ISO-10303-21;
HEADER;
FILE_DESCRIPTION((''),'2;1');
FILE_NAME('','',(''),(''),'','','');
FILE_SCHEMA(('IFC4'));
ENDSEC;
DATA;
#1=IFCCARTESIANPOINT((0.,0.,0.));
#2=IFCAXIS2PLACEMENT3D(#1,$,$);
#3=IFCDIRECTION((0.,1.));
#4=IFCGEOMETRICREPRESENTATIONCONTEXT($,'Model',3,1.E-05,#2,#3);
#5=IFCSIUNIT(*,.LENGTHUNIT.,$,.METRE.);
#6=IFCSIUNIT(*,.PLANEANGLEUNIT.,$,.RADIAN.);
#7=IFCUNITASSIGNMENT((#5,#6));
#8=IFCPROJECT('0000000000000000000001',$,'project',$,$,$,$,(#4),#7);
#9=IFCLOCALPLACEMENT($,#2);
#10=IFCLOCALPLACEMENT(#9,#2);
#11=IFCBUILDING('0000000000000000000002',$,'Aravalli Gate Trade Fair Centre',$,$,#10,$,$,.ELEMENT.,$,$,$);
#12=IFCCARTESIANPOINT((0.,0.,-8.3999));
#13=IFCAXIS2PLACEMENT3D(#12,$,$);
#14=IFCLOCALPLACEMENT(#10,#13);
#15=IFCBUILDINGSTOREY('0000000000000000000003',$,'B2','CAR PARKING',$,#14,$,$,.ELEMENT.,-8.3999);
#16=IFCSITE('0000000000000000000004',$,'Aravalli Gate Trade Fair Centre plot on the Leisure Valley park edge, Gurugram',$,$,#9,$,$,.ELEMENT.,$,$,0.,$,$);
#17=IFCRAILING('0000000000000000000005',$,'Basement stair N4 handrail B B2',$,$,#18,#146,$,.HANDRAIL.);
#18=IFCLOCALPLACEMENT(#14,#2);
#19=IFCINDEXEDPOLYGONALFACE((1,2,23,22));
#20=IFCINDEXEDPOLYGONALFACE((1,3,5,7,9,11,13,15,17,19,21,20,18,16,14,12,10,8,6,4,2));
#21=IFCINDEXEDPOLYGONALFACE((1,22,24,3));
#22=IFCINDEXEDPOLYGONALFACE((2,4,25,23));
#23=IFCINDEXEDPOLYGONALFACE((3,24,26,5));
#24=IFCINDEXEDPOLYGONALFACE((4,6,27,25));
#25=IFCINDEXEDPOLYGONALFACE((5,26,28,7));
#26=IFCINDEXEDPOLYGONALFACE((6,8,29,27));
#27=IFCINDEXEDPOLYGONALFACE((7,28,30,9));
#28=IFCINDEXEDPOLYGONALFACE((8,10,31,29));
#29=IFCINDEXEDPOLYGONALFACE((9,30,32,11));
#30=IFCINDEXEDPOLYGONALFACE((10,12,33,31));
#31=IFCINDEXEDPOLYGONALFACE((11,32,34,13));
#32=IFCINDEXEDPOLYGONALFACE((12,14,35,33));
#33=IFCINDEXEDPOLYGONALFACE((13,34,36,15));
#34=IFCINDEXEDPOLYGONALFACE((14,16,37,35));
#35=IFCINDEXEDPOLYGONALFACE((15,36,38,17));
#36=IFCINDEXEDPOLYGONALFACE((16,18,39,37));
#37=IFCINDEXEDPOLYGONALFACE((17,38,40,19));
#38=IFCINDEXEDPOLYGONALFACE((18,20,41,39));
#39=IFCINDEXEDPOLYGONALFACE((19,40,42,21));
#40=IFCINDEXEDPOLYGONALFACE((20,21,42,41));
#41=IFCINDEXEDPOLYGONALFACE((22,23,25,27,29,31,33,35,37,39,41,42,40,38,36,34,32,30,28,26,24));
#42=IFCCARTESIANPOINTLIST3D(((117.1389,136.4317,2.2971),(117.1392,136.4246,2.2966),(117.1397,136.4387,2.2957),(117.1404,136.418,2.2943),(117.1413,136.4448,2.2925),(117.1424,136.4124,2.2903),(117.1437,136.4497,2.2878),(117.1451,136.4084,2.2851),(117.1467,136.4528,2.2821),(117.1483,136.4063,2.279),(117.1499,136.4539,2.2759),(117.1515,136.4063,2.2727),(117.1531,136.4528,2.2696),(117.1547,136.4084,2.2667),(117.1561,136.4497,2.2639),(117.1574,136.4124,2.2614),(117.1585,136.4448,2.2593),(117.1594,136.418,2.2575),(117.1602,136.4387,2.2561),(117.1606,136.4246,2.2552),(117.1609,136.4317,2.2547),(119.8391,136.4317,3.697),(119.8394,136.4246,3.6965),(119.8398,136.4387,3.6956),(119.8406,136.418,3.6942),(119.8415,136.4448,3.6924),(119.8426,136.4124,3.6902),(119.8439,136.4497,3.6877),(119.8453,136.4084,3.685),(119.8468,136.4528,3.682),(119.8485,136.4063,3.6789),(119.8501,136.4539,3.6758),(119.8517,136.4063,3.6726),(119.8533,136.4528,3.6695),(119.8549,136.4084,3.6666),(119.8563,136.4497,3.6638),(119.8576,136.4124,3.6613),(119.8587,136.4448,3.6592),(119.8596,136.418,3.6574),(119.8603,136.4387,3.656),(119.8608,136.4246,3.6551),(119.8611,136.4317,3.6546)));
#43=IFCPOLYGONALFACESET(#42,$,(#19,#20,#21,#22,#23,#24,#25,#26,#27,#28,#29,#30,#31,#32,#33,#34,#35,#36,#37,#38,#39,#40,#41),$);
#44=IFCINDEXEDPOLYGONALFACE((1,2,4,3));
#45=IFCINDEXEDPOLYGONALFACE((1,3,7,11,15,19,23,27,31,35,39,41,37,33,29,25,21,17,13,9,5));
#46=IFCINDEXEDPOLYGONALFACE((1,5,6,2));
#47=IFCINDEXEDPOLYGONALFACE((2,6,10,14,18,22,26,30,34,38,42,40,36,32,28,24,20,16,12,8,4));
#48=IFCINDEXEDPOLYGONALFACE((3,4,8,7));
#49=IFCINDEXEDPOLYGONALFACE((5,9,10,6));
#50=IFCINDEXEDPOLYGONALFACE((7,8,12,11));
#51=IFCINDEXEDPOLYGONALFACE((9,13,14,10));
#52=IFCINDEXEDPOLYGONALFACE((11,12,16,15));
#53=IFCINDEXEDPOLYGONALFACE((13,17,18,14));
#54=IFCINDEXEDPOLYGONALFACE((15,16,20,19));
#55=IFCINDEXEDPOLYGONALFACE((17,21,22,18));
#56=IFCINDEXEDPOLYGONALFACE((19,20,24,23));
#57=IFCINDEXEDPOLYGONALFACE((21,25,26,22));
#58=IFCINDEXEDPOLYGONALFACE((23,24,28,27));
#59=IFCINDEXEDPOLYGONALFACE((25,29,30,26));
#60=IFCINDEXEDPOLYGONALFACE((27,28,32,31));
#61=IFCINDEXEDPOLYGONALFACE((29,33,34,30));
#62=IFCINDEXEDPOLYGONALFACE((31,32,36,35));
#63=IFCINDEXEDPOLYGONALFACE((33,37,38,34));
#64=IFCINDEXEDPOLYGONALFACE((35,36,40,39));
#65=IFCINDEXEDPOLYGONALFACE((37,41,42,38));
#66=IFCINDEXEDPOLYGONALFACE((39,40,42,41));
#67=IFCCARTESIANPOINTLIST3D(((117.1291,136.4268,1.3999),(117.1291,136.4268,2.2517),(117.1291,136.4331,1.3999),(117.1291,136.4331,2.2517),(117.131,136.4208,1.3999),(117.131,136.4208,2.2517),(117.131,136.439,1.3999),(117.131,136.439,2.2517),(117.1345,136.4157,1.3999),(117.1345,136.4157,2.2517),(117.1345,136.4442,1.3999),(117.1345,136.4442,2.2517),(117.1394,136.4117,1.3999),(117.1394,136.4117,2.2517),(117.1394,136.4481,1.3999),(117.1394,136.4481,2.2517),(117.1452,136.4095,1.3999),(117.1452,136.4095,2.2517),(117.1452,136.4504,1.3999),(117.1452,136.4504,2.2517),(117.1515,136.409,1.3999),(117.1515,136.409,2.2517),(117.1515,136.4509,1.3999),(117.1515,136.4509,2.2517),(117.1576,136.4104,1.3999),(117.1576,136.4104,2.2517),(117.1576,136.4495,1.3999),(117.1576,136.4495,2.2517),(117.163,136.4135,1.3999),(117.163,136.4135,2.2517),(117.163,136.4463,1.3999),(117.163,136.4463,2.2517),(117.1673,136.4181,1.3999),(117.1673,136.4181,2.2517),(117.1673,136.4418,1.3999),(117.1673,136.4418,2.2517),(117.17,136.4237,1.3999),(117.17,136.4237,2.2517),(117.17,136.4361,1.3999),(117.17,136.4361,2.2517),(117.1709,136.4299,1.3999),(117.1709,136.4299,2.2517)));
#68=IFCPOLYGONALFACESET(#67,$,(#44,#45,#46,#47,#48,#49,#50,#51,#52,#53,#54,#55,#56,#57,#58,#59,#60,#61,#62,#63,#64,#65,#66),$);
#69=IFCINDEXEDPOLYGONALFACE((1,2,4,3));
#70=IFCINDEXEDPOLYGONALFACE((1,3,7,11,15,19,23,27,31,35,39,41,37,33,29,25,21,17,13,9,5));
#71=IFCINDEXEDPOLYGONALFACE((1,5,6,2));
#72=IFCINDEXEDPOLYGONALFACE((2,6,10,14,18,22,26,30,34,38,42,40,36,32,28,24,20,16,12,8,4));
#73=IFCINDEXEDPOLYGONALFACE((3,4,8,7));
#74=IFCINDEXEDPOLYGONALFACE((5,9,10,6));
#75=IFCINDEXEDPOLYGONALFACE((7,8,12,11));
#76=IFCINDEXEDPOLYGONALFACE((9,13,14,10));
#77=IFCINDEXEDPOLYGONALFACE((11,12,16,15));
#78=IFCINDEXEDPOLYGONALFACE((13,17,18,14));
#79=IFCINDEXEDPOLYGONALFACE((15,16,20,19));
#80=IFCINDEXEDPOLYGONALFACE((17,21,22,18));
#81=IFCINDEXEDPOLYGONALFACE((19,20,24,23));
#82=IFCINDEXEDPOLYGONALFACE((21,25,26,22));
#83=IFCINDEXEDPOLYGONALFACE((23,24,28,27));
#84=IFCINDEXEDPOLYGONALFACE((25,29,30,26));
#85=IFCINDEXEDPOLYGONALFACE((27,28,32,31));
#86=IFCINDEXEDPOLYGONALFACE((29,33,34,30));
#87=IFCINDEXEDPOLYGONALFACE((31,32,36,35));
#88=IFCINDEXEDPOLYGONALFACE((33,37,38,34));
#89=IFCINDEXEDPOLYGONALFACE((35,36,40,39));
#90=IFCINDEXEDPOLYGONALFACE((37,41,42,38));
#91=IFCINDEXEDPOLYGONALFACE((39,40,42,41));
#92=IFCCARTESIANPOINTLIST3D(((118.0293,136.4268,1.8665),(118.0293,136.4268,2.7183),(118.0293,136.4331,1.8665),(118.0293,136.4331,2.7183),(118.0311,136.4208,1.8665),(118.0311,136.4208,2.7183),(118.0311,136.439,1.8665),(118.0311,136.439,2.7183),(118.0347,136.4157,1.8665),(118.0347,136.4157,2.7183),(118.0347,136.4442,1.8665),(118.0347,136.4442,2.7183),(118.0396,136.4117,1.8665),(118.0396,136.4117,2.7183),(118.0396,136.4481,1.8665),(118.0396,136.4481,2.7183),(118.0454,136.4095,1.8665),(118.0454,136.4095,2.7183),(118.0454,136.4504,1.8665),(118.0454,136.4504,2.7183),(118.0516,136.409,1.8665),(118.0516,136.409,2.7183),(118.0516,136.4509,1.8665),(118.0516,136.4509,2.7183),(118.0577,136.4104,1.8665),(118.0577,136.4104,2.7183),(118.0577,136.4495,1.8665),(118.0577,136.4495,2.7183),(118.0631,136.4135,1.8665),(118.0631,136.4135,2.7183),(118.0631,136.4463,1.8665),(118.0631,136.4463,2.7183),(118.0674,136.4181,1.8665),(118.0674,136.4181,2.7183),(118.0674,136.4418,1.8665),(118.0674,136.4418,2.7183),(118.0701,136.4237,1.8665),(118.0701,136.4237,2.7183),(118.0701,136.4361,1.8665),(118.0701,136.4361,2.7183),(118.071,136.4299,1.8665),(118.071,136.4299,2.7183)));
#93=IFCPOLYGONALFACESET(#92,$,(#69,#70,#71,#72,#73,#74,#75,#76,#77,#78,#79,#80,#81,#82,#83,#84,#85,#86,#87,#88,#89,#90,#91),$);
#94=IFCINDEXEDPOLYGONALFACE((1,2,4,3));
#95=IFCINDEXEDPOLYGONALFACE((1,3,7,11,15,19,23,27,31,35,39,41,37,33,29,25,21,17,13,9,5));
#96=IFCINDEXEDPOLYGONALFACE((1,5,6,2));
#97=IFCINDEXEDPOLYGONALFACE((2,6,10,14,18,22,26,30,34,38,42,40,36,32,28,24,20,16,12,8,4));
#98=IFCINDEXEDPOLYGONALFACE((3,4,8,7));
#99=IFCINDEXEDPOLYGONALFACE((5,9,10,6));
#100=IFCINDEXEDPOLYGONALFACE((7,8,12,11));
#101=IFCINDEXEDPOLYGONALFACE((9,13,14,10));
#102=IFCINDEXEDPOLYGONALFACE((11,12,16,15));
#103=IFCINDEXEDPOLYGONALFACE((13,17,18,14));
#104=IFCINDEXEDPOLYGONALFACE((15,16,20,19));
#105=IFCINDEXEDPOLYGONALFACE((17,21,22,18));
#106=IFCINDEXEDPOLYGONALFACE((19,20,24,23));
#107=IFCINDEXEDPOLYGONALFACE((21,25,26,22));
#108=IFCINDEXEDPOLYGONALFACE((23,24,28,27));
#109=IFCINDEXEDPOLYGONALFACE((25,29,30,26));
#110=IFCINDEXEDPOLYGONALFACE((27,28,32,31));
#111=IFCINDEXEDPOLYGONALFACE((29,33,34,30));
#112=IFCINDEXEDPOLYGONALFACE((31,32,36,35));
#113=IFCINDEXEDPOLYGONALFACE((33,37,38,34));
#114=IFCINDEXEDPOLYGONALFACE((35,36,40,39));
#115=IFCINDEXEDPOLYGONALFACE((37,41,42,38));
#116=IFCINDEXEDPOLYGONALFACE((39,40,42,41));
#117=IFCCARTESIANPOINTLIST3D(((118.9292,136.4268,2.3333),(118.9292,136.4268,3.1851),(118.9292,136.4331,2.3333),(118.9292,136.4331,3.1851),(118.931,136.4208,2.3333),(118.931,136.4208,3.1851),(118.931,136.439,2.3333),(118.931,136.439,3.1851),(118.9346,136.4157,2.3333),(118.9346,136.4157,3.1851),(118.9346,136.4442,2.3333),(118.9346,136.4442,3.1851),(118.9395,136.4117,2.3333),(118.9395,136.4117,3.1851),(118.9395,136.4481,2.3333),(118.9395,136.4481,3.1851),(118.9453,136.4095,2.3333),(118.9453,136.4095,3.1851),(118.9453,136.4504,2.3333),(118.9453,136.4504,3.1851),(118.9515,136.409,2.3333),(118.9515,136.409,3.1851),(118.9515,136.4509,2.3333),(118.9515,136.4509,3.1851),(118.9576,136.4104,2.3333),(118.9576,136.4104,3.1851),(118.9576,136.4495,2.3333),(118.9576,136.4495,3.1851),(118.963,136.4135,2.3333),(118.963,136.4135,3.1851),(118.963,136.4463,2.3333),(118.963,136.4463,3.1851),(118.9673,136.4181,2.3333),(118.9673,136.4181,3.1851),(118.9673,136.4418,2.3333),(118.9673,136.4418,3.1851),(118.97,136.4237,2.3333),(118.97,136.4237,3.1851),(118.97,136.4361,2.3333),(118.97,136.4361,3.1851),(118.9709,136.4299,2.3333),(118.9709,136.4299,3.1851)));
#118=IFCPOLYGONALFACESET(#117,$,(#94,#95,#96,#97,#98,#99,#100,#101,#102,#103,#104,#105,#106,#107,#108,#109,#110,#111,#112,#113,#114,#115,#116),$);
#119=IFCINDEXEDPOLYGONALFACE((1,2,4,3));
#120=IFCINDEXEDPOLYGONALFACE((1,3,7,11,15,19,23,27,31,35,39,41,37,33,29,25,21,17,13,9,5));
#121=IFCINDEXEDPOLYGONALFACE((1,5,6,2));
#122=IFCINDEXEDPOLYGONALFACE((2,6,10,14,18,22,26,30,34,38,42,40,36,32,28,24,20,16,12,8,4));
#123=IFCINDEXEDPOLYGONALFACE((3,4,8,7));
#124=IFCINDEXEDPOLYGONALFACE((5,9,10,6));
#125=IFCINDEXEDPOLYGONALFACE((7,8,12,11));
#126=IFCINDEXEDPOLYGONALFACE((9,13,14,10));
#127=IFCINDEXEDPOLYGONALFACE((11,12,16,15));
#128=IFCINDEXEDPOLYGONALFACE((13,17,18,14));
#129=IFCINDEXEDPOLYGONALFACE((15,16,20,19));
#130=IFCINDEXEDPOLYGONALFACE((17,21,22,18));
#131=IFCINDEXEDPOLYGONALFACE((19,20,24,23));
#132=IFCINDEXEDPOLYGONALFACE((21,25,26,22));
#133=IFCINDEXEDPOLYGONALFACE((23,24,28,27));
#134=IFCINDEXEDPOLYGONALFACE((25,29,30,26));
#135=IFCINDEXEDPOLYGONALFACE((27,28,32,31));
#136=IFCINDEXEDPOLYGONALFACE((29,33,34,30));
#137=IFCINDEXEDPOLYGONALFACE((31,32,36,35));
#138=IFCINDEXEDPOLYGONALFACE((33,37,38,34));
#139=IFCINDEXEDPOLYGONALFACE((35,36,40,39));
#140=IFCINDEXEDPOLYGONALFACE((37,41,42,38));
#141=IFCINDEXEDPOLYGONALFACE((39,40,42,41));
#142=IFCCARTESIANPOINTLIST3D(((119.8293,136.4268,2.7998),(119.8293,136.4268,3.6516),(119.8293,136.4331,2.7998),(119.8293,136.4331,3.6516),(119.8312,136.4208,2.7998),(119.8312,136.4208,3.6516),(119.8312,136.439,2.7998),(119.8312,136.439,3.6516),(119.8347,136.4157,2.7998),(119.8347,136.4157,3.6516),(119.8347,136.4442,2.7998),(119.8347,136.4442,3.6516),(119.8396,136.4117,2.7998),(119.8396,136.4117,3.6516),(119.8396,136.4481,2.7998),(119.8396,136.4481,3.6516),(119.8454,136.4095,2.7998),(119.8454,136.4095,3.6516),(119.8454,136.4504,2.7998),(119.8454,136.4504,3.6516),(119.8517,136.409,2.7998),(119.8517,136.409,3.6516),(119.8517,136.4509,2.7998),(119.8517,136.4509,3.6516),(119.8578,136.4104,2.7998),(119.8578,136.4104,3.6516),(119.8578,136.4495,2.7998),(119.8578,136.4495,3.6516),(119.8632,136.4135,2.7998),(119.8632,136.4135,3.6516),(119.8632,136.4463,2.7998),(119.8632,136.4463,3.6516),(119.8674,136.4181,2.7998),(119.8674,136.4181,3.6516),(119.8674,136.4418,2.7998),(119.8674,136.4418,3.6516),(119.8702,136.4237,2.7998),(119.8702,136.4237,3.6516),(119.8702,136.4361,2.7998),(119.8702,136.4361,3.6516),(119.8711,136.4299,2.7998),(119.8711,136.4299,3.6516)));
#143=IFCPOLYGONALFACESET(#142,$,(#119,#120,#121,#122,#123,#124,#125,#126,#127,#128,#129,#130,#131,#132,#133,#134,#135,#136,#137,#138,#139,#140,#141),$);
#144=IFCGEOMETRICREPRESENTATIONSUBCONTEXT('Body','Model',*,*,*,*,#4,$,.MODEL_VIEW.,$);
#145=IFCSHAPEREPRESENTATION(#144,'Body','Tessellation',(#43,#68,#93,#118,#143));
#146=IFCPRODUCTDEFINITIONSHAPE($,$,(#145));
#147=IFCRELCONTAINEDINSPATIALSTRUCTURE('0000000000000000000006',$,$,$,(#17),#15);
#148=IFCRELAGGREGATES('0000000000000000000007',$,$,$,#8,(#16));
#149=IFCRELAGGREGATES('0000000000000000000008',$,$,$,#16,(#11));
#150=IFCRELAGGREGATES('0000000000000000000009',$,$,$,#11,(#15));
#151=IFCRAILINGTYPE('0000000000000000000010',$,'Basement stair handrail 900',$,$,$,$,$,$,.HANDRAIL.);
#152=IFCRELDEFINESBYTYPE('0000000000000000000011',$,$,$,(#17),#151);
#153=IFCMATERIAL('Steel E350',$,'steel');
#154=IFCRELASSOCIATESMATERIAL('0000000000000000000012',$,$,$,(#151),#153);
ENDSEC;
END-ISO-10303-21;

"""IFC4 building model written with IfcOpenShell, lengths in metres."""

from ifc_helpers import new_model, si_unit, direction, frame, origin, origin_2d, place, context, subcontext, project, spatial, circle, extrude, material, type_object, element, save


model = new_model("IFC4")

# Units and contexts
model_context = context("Model", 3, precision=1e-05, world=origin(), true_north=direction((0.0, 1.0)))
body_context = subcontext(model_context, "Body", "Model", "MODEL_VIEW")
ifc_project = project(units=[si_unit("LENGTHUNIT", "METRE"), si_unit("PLANEANGLEUNIT", "RADIAN")], contexts=[model_context])

# Site, building, storey
site_placement = place(None, origin())
site = spatial("IfcSite", under=ifc_project, at=site_placement, Name="Aravalli Gate Trade Fair Centre plot on the Leisure Valley park edge, Gurugram", CompositionType="ELEMENT", RefElevation=0.0)
building_placement = place(site_placement, origin())
building = spatial("IfcBuilding", under=site, at=building_placement, Name="Aravalli Gate Trade Fair Centre", CompositionType="ELEMENT")
storey_placement = place(building_placement, frame((0.0, 0.0, -8.3999)))
storey = spatial("IfcBuildingStorey", under=building, at=storey_placement, Name="B2", Description="CAR PARKING", CompositionType="ELEMENT", Elevation=-8.3999)

# Railing
ifc_material_1 = material(Name="Steel E350", Category="steel")
railing_type_1 = type_object("IfcRailingType", Name="Basement stair handrail 900", PredefinedType="HANDRAIL", material=ifc_material_1)
railing_1_placement = place(storey_placement, frame((117.1499, 136.4299, 1.3999)))
element("IfcRailing", 1, at=railing_1_placement, inside=storey, type_object=railing_type_1, Name="Basement stair N4 handrail B B2", PredefinedType="HANDRAIL", context=body_context, shape_type="SweptSolid", body=[
    extrude(circle(Radius=0.0239, at=origin_2d()), frame((0.0, 0.0, 0.876), z_axis=(0.887781, 0.0, 0.460266), x_axis=(0.0, 1.0, 0.0)), (0.0, 0.0, 1.0), 3.0415),
    extrude(circle(Radius=0.021, at=origin_2d()), origin(), (0.0, 0.0, 1.0), 0.8518),
    extrude(circle(Radius=0.021, at=origin_2d()), frame((0.9001, 0.0, 0.4666)), (0.0, 0.0, 1.0), 0.8518),
    extrude(circle(Radius=0.021, at=origin_2d()), frame((1.8, 0.0, 0.9333)), (0.0, 0.0, 1.0), 0.8518),
    extrude(circle(Radius=0.021, at=origin_2d()), frame((2.7002, 0.0, 1.3999)), (0.0, 0.0, 1.0), 0.8518),
])

save(model, "model.ifc")
